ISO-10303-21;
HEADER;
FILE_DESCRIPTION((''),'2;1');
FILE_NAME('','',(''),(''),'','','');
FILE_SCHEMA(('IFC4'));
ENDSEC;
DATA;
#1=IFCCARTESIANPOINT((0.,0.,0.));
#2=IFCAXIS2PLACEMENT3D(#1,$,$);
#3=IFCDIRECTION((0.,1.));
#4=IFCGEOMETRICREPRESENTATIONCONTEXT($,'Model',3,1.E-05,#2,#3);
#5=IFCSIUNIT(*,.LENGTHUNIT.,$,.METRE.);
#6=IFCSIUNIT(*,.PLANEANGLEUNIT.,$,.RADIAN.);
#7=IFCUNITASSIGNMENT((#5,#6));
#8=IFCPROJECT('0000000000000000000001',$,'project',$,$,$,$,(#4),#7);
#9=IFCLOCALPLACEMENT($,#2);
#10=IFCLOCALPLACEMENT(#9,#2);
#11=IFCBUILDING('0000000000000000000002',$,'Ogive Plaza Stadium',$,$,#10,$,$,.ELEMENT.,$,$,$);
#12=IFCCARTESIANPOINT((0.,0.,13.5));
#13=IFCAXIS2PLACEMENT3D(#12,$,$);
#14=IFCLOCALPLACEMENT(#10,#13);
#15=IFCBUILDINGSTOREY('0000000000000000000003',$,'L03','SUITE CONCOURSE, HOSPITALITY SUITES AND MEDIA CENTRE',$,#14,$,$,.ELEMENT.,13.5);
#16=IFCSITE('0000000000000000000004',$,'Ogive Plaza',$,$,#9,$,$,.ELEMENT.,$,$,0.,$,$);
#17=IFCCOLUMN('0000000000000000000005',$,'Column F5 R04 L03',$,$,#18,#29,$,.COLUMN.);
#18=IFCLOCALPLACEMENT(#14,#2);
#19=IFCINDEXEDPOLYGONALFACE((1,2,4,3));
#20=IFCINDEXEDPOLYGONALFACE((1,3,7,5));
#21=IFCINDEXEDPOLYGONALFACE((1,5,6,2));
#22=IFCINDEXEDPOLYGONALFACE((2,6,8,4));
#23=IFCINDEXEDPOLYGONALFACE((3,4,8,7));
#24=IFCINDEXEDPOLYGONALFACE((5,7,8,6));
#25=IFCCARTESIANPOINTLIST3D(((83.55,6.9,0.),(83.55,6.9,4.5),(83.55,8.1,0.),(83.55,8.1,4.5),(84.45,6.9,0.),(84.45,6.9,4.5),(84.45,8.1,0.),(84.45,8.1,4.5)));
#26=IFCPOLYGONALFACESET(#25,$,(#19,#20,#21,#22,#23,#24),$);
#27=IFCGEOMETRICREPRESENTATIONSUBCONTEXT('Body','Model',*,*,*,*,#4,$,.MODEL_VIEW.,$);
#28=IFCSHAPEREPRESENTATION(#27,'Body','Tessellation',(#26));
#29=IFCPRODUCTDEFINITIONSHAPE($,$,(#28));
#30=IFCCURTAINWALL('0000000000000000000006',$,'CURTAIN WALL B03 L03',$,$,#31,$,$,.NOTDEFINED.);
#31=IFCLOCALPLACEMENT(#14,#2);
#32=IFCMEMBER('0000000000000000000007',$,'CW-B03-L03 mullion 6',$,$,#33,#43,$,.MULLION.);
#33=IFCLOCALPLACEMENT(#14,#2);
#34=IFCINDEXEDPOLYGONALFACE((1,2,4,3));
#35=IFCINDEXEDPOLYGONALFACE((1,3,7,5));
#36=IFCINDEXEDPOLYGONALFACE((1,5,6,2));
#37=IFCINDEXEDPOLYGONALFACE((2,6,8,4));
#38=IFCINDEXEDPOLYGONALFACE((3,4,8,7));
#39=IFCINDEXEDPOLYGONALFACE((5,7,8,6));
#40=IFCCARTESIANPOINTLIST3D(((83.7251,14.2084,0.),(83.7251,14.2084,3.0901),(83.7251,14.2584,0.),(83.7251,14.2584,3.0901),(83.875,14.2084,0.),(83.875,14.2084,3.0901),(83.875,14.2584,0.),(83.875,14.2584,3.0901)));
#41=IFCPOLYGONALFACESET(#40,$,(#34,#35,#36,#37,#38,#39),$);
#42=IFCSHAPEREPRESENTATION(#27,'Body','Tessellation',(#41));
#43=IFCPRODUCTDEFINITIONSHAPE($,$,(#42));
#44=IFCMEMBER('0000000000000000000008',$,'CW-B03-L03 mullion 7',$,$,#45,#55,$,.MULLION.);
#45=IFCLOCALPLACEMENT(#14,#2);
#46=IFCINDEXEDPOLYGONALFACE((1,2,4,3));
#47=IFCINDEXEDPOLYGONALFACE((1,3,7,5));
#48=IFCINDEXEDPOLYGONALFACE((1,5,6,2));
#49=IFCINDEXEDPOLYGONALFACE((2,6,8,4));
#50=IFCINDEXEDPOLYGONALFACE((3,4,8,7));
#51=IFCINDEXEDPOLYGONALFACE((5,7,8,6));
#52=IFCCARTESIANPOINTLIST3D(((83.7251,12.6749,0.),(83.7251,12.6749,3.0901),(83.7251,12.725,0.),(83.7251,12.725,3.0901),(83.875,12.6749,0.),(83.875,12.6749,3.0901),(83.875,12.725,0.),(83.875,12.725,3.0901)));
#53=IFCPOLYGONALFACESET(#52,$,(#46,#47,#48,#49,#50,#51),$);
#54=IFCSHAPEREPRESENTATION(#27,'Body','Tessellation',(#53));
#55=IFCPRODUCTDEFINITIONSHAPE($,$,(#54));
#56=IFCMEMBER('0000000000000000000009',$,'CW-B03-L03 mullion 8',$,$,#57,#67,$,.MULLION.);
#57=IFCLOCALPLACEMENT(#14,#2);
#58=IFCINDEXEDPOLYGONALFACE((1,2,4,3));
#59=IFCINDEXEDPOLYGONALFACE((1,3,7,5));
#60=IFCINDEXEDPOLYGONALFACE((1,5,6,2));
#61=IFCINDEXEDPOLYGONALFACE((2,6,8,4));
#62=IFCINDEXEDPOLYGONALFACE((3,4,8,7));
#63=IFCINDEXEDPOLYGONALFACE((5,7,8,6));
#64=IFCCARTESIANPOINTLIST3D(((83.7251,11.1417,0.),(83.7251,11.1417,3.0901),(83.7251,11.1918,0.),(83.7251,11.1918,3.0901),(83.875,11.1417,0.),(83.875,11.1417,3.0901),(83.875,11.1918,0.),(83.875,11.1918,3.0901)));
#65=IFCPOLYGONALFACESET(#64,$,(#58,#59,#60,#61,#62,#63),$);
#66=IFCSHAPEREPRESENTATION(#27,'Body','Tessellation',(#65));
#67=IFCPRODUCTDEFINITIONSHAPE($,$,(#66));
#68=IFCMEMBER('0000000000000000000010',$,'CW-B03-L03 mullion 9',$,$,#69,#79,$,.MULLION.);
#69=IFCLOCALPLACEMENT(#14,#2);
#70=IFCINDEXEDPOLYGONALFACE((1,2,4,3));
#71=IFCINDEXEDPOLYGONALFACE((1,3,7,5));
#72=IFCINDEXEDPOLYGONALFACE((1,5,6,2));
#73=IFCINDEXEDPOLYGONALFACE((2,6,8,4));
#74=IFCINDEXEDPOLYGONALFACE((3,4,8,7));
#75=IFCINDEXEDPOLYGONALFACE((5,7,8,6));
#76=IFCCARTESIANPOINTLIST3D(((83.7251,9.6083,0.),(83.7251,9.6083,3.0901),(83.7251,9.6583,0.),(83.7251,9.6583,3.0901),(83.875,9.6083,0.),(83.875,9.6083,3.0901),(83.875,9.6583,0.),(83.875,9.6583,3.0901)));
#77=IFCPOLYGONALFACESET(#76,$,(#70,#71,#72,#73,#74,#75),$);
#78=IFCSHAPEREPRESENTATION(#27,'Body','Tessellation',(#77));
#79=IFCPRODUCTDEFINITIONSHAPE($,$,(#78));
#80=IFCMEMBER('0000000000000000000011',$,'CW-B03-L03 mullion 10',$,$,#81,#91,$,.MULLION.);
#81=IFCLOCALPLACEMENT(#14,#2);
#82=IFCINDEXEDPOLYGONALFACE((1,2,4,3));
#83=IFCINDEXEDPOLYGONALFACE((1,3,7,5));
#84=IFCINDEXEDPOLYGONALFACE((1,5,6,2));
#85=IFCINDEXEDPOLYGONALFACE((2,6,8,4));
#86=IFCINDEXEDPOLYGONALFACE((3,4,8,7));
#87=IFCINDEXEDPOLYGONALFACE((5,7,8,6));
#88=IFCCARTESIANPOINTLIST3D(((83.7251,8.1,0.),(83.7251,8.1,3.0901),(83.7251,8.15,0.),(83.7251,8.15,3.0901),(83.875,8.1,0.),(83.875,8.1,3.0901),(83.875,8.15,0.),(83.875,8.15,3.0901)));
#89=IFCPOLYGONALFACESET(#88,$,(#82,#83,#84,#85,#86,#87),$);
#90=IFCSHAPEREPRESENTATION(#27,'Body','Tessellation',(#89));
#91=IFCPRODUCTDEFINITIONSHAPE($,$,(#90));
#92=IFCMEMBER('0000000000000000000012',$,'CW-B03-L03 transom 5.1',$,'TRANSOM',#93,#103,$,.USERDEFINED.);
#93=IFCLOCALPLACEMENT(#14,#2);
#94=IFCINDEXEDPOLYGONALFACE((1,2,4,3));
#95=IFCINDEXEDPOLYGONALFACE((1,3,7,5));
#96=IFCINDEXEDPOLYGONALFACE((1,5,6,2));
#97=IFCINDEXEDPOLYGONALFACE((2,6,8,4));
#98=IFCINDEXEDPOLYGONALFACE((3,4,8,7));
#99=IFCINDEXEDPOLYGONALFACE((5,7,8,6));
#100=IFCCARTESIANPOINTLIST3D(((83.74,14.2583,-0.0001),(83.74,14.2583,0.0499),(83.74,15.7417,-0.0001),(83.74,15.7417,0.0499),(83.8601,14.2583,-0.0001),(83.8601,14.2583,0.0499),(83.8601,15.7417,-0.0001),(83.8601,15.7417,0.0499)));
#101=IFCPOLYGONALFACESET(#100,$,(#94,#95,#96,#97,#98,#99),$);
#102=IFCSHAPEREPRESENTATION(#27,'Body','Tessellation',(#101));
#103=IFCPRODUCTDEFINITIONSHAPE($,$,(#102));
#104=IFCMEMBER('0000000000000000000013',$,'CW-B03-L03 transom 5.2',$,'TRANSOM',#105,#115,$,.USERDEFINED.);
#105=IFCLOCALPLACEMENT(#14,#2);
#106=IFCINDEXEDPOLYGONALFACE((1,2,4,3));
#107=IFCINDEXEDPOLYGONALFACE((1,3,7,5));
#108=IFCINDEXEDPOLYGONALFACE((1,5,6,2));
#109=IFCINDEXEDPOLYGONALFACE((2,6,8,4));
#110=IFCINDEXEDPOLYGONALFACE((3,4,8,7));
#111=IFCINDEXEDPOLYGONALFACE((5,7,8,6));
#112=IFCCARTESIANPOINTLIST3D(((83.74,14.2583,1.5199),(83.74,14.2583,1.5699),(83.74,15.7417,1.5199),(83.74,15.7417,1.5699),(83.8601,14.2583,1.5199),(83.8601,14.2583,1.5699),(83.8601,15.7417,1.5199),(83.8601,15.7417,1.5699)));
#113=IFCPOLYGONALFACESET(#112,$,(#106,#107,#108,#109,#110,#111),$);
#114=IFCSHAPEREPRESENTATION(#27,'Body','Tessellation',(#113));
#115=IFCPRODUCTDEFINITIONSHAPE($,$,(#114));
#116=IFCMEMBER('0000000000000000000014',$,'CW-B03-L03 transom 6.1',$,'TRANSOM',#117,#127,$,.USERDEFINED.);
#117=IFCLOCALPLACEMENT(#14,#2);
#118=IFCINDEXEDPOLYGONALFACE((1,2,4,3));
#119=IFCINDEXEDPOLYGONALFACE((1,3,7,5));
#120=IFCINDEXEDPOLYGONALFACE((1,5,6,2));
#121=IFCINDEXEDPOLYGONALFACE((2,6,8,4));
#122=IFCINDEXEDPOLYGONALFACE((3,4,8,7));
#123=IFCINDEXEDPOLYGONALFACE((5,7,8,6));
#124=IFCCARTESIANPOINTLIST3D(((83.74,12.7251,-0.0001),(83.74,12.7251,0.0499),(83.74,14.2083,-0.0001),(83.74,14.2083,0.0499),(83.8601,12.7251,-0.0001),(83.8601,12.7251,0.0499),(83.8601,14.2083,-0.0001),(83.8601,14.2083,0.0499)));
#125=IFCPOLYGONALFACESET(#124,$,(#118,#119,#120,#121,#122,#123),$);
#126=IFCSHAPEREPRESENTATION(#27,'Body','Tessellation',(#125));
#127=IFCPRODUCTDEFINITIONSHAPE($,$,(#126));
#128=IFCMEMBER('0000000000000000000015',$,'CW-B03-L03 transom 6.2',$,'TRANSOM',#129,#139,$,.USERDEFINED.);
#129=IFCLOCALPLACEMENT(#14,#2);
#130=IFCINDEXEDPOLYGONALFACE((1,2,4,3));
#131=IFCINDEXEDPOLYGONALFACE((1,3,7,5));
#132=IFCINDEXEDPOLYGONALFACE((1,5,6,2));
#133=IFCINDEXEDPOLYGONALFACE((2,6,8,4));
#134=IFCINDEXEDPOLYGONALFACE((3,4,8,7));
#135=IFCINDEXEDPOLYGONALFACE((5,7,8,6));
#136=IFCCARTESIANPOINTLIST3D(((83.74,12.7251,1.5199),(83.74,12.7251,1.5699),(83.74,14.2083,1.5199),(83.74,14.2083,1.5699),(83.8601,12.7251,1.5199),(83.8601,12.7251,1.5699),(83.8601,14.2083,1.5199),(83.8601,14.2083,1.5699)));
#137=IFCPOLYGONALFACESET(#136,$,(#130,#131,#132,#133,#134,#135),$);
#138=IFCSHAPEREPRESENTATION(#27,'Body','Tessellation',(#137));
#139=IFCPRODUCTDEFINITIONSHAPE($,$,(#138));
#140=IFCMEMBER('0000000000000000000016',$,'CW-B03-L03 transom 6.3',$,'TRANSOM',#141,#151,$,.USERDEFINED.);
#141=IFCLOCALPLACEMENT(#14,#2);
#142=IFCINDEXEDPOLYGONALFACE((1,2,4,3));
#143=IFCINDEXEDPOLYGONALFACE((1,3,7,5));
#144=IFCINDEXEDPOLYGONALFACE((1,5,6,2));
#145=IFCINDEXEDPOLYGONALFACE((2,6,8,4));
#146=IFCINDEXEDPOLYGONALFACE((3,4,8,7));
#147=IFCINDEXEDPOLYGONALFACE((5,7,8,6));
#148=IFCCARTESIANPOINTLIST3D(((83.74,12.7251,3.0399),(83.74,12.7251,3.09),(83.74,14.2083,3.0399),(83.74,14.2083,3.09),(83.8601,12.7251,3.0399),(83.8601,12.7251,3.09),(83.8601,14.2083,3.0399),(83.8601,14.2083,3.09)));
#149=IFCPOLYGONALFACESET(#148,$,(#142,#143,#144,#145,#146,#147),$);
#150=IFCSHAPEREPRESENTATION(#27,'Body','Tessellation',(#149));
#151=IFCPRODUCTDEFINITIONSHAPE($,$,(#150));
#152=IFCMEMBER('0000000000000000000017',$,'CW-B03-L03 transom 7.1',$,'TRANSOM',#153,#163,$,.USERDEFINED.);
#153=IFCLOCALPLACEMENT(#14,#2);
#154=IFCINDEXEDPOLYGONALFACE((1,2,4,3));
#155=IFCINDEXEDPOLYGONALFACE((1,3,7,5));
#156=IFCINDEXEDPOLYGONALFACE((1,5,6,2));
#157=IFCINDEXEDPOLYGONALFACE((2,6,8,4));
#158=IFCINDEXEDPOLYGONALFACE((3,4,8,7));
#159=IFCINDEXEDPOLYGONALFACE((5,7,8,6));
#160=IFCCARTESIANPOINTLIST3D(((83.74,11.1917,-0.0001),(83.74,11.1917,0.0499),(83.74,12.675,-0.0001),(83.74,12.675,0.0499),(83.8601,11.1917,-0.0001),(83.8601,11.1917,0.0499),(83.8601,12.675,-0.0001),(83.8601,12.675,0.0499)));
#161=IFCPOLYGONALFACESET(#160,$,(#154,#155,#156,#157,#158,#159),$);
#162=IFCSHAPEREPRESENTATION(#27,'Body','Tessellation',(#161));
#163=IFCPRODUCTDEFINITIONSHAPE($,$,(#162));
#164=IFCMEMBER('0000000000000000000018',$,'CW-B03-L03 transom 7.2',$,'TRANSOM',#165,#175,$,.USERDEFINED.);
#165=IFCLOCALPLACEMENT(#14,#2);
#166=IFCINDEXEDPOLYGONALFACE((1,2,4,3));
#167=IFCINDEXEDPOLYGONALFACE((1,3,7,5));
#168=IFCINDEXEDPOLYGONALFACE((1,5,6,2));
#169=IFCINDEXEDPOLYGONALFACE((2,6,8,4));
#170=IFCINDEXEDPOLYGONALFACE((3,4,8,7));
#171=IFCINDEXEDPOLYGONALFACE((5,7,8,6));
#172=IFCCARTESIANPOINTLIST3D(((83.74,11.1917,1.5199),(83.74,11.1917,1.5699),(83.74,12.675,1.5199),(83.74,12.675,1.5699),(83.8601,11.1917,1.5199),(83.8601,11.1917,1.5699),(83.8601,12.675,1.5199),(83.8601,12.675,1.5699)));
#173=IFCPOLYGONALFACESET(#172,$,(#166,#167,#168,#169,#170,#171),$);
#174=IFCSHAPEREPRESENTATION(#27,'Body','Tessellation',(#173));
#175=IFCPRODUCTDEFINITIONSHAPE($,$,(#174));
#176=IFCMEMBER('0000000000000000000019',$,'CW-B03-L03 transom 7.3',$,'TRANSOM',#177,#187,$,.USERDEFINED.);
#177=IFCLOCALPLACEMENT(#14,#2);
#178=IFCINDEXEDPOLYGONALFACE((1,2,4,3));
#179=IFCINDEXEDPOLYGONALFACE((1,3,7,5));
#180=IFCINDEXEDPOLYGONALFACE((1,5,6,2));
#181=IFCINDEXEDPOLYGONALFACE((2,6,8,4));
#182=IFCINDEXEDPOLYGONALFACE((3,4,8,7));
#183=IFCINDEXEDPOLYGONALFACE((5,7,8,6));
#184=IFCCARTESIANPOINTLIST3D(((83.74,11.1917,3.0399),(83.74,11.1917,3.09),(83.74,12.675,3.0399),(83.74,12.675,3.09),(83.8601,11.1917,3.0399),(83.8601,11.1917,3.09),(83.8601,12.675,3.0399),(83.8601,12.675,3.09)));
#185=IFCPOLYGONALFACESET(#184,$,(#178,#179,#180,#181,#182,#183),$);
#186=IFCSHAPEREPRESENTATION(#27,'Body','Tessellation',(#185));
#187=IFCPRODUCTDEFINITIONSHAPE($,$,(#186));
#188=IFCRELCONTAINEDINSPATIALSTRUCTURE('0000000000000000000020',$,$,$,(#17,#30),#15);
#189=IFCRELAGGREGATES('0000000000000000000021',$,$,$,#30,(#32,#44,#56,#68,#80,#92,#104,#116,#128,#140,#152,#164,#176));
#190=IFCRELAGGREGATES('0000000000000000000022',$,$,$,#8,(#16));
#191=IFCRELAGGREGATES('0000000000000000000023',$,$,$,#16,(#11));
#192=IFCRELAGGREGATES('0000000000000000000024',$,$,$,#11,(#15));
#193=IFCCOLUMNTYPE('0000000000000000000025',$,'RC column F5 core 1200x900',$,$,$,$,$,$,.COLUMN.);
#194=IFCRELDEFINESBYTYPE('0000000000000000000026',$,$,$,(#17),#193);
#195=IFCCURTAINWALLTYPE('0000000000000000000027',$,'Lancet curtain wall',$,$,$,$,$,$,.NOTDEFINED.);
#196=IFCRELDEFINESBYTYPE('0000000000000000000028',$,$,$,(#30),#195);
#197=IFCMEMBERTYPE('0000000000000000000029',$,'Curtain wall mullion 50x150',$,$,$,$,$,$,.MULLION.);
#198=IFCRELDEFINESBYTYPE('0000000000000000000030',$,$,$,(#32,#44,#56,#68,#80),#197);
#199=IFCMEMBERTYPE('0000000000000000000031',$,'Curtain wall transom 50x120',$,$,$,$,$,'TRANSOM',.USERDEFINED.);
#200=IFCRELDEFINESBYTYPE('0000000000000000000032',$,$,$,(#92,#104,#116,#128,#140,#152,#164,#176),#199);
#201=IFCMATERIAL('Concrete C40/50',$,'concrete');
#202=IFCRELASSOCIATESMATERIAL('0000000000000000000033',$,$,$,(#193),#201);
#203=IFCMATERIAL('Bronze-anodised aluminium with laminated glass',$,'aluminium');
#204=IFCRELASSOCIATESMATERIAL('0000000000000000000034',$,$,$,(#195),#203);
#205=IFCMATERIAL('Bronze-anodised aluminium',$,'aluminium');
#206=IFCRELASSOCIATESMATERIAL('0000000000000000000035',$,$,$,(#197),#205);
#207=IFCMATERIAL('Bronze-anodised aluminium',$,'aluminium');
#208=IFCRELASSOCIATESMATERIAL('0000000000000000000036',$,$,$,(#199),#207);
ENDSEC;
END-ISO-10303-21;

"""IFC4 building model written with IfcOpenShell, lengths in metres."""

from ifc_helpers import new_model, si_unit, direction, frame, origin, origin_2d, place, context, subcontext, project, spatial, rectangle, extrude, material, material_profile, profile_set, type_object, element, aggregate, save


model = new_model("IFC4")

# Units and contexts
model_context = context("Model", 3, precision=1e-05, world=origin(), true_north=direction((0.0, 1.0)))
body_context = subcontext(model_context, "Body", "Model", "MODEL_VIEW")
ifc_project = project(units=[si_unit("LENGTHUNIT", "METRE"), si_unit("PLANEANGLEUNIT", "RADIAN")], contexts=[model_context])

# Site, building, storey
site_placement = place(None, origin())
site = spatial("IfcSite", under=ifc_project, at=site_placement, Name="Ogive Plaza", CompositionType="ELEMENT", RefElevation=0.0)
building_placement = place(site_placement, origin())
building = spatial("IfcBuilding", under=site, at=building_placement, Name="Ogive Plaza Stadium", CompositionType="ELEMENT")
storey_placement = place(building_placement, frame((0.0, 0.0, 13.5)))
storey = spatial("IfcBuildingStorey", under=building, at=storey_placement, Name="L03", Description="SUITE CONCOURSE, HOSPITALITY SUITES AND MEDIA CENTRE", CompositionType="ELEMENT", Elevation=13.5)

# Column
ifc_material_1 = material(Name="Concrete C40/50", Category="concrete")
ifc_material_profile_1 = material_profile(ifc_material_1, rectangle(XDim=1.2, YDim=0.8999, at=origin_2d()), Name="RC 1200x900")
ifc_profile_set_1 = profile_set([ifc_material_profile_1], Name="Concrete C40/50")
column_type = type_object("IfcColumnType", Name="RC column F5 core 1200x900", PredefinedType="COLUMN", material=ifc_profile_set_1)
column_placement = place(storey_placement, frame((84.0, 7.5, 0.0), z_axis=(0.0, 0.0, 1.0), x_axis=(0.0, 1.0, 0.0)))
element("IfcColumn", 1, at=column_placement, inside=storey, type_object=column_type, Name="Column F5 R04 L03", PredefinedType="COLUMN", context=body_context, shape_type="SweptSolid", body=[
    extrude(rectangle(XDim=1.2, YDim=0.8999, at=origin_2d()), origin(), (0.0, 0.0, 1.0), 4.5),
])

# Curtain wall, members
ifc_material_2 = material(Name="Bronze-anodised aluminium with laminated glass", Category="aluminium")
curtain_wall_type = type_object("IfcCurtainWallType", Name="Lancet curtain wall", PredefinedType="NOTDEFINED", material=ifc_material_2)
curtain_wall_placement = place(storey_placement, origin())
curtain_wall = element("IfcCurtainWall", 2, at=curtain_wall_placement, inside=storey, type_object=curtain_wall_type, Name="CURTAIN WALL B03 L03", PredefinedType="NOTDEFINED")
ifc_material_3 = material(Name="Bronze-anodised aluminium", Category="aluminium")
ifc_material_profile_2 = material_profile(ifc_material_3, rectangle(XDim=0.1499, YDim=0.05, at=origin_2d()), Name="AL 150x50")
ifc_profile_set_2 = profile_set([ifc_material_profile_2], Name="Bronze-anodised aluminium")
member_type_1 = type_object("IfcMemberType", Name="Curtain wall mullion 50x150", PredefinedType="MULLION", material=ifc_profile_set_2)
member_1_placement = place(storey_placement, frame((83.8, 14.2334, 0.0), z_axis=(0.0, 0.0, 1.0), x_axis=(1.0, 0.0, 0.0)))
member_1 = element("IfcMember", 3, at=member_1_placement, type_object=member_type_1, Name="CW-B03-L03 mullion 6", PredefinedType="MULLION", context=body_context, shape_type="SweptSolid", body=[
    extrude(rectangle(XDim=0.1499, YDim=0.05, at=origin_2d()), origin(), (0.0, 0.0, 1.0), 3.0901),
])
member_2_placement = place(storey_placement, frame((83.8, 12.7, 0.0), z_axis=(0.0, 0.0, 1.0), x_axis=(1.0, 0.0, 0.0)))
member_2 = element("IfcMember", 4, at=member_2_placement, type_object=member_type_1, Name="CW-B03-L03 mullion 7", PredefinedType="MULLION", context=body_context, shape_type="SweptSolid", body=[
    extrude(rectangle(XDim=0.1499, YDim=0.05, at=origin_2d()), origin(), (0.0, 0.0, 1.0), 3.0901),
])
member_3_placement = place(storey_placement, frame((83.8, 11.1667, 0.0), z_axis=(0.0, 0.0, 1.0), x_axis=(1.0, 0.0, 0.0)))
member_3 = element("IfcMember", 5, at=member_3_placement, type_object=member_type_1, Name="CW-B03-L03 mullion 8", PredefinedType="MULLION", context=body_context, shape_type="SweptSolid", body=[
    extrude(rectangle(XDim=0.1499, YDim=0.05, at=origin_2d()), origin(), (0.0, 0.0, 1.0), 3.0901),
])
member_4_placement = place(storey_placement, frame((83.8, 9.6333, 0.0), z_axis=(0.0, 0.0, 1.0), x_axis=(1.0, 0.0, 0.0)))
member_4 = element("IfcMember", 6, at=member_4_placement, type_object=member_type_1, Name="CW-B03-L03 mullion 9", PredefinedType="MULLION", context=body_context, shape_type="SweptSolid", body=[
    extrude(rectangle(XDim=0.1499, YDim=0.05, at=origin_2d()), origin(), (0.0, 0.0, 1.0), 3.0901),
])
member_5_placement = place(storey_placement, frame((83.8, 8.125, 0.0), z_axis=(0.0, 0.0, 1.0), x_axis=(1.0, 0.0, 0.0)))
member_5 = element("IfcMember", 7, at=member_5_placement, type_object=member_type_1, Name="CW-B03-L03 mullion 10", PredefinedType="MULLION", context=body_context, shape_type="SweptSolid", body=[
    extrude(rectangle(XDim=0.1499, YDim=0.05, at=origin_2d()), origin(), (0.0, 0.0, 1.0), 3.0901),
])
ifc_material_4 = material(Name="Bronze-anodised aluminium", Category="aluminium")
ifc_material_profile_3 = material_profile(ifc_material_4, rectangle(XDim=0.1201, YDim=0.05, at=origin_2d()), Name="AL 120x50")
ifc_profile_set_3 = profile_set([ifc_material_profile_3], Name="Bronze-anodised aluminium")
member_type_2 = type_object("IfcMemberType", Name="Curtain wall transom 50x120", ElementType="TRANSOM", PredefinedType="USERDEFINED", material=ifc_profile_set_3)
member_6_placement = place(storey_placement, frame((83.8, 15.7417, 0.0249), z_axis=(0.0, -1.0, 0.0), x_axis=(1.0, 0.0, 0.0)))
member_6 = element("IfcMember", 8, at=member_6_placement, type_object=member_type_2, Name="CW-B03-L03 transom 5.1", ObjectType="TRANSOM", PredefinedType="USERDEFINED", context=body_context, shape_type="SweptSolid", body=[
    extrude(rectangle(XDim=0.1201, YDim=0.05, at=origin_2d()), origin(), (0.0, 0.0, 1.0), 1.4834),
])
member_7_placement = place(storey_placement, frame((83.8, 15.7417, 1.5449), z_axis=(0.0, -1.0, 0.0), x_axis=(1.0, 0.0, 0.0)))
member_7 = element("IfcMember", 9, at=member_7_placement, type_object=member_type_2, Name="CW-B03-L03 transom 5.2", ObjectType="TRANSOM", PredefinedType="USERDEFINED", context=body_context, shape_type="SweptSolid", body=[
    extrude(rectangle(XDim=0.1201, YDim=0.05, at=origin_2d()), origin(), (0.0, 0.0, 1.0), 1.4834),
])
member_8_placement = place(storey_placement, frame((83.8, 14.2083, 0.0249), z_axis=(0.0, -1.0, 0.0), x_axis=(1.0, 0.0, 0.0)))
member_8 = element("IfcMember", 10, at=member_8_placement, type_object=member_type_2, Name="CW-B03-L03 transom 6.1", ObjectType="TRANSOM", PredefinedType="USERDEFINED", context=body_context, shape_type="SweptSolid", body=[
    extrude(rectangle(XDim=0.1201, YDim=0.05, at=origin_2d()), origin(), (0.0, 0.0, 1.0), 1.4832),
])
member_9_placement = place(storey_placement, frame((83.8, 14.2083, 1.5449), z_axis=(0.0, -1.0, 0.0), x_axis=(1.0, 0.0, 0.0)))
member_9 = element("IfcMember", 11, at=member_9_placement, type_object=member_type_2, Name="CW-B03-L03 transom 6.2", ObjectType="TRANSOM", PredefinedType="USERDEFINED", context=body_context, shape_type="SweptSolid", body=[
    extrude(rectangle(XDim=0.1201, YDim=0.05, at=origin_2d()), origin(), (0.0, 0.0, 1.0), 1.4832),
])
member_10_placement = place(storey_placement, frame((83.8, 14.2083, 3.0649), z_axis=(0.0, -1.0, 0.0), x_axis=(1.0, 0.0, 0.0)))
member_10 = element("IfcMember", 12, at=member_10_placement, type_object=member_type_2, Name="CW-B03-L03 transom 6.3", ObjectType="TRANSOM", PredefinedType="USERDEFINED", context=body_context, shape_type="SweptSolid", body=[
    extrude(rectangle(XDim=0.1201, YDim=0.05, at=origin_2d()), origin(), (0.0, 0.0, 1.0), 1.4832),
])
member_11_placement = place(storey_placement, frame((83.8, 12.675, 0.0249), z_axis=(0.0, -1.0, 0.0), x_axis=(1.0, 0.0, 0.0)))
member_11 = element("IfcMember", 13, at=member_11_placement, type_object=member_type_2, Name="CW-B03-L03 transom 7.1", ObjectType="TRANSOM", PredefinedType="USERDEFINED", context=body_context, shape_type="SweptSolid", body=[
    extrude(rectangle(XDim=0.1201, YDim=0.05, at=origin_2d()), origin(), (0.0, 0.0, 1.0), 1.4834),
])
member_12_placement = place(storey_placement, frame((83.8, 12.675, 1.5449), z_axis=(0.0, -1.0, 0.0), x_axis=(1.0, 0.0, 0.0)))
member_12 = element("IfcMember", 14, at=member_12_placement, type_object=member_type_2, Name="CW-B03-L03 transom 7.2", ObjectType="TRANSOM", PredefinedType="USERDEFINED", context=body_context, shape_type="SweptSolid", body=[
    extrude(rectangle(XDim=0.1201, YDim=0.05, at=origin_2d()), origin(), (0.0, 0.0, 1.0), 1.4834),
])
member_13_placement = place(storey_placement, frame((83.8, 12.675, 3.0649), z_axis=(0.0, -1.0, 0.0), x_axis=(1.0, 0.0, 0.0)))
member_13 = element("IfcMember", 15, at=member_13_placement, type_object=member_type_2, Name="CW-B03-L03 transom 7.3", ObjectType="TRANSOM", PredefinedType="USERDEFINED", context=body_context, shape_type="SweptSolid", body=[
    extrude(rectangle(XDim=0.1201, YDim=0.05, at=origin_2d()), origin(), (0.0, 0.0, 1.0), 1.4834),
])
aggregate(curtain_wall, [member_1, member_2, member_3, member_4, member_5, member_6, member_7, member_8, member_9, member_10, member_11, member_12, member_13])

save(model, "model.ifc")
